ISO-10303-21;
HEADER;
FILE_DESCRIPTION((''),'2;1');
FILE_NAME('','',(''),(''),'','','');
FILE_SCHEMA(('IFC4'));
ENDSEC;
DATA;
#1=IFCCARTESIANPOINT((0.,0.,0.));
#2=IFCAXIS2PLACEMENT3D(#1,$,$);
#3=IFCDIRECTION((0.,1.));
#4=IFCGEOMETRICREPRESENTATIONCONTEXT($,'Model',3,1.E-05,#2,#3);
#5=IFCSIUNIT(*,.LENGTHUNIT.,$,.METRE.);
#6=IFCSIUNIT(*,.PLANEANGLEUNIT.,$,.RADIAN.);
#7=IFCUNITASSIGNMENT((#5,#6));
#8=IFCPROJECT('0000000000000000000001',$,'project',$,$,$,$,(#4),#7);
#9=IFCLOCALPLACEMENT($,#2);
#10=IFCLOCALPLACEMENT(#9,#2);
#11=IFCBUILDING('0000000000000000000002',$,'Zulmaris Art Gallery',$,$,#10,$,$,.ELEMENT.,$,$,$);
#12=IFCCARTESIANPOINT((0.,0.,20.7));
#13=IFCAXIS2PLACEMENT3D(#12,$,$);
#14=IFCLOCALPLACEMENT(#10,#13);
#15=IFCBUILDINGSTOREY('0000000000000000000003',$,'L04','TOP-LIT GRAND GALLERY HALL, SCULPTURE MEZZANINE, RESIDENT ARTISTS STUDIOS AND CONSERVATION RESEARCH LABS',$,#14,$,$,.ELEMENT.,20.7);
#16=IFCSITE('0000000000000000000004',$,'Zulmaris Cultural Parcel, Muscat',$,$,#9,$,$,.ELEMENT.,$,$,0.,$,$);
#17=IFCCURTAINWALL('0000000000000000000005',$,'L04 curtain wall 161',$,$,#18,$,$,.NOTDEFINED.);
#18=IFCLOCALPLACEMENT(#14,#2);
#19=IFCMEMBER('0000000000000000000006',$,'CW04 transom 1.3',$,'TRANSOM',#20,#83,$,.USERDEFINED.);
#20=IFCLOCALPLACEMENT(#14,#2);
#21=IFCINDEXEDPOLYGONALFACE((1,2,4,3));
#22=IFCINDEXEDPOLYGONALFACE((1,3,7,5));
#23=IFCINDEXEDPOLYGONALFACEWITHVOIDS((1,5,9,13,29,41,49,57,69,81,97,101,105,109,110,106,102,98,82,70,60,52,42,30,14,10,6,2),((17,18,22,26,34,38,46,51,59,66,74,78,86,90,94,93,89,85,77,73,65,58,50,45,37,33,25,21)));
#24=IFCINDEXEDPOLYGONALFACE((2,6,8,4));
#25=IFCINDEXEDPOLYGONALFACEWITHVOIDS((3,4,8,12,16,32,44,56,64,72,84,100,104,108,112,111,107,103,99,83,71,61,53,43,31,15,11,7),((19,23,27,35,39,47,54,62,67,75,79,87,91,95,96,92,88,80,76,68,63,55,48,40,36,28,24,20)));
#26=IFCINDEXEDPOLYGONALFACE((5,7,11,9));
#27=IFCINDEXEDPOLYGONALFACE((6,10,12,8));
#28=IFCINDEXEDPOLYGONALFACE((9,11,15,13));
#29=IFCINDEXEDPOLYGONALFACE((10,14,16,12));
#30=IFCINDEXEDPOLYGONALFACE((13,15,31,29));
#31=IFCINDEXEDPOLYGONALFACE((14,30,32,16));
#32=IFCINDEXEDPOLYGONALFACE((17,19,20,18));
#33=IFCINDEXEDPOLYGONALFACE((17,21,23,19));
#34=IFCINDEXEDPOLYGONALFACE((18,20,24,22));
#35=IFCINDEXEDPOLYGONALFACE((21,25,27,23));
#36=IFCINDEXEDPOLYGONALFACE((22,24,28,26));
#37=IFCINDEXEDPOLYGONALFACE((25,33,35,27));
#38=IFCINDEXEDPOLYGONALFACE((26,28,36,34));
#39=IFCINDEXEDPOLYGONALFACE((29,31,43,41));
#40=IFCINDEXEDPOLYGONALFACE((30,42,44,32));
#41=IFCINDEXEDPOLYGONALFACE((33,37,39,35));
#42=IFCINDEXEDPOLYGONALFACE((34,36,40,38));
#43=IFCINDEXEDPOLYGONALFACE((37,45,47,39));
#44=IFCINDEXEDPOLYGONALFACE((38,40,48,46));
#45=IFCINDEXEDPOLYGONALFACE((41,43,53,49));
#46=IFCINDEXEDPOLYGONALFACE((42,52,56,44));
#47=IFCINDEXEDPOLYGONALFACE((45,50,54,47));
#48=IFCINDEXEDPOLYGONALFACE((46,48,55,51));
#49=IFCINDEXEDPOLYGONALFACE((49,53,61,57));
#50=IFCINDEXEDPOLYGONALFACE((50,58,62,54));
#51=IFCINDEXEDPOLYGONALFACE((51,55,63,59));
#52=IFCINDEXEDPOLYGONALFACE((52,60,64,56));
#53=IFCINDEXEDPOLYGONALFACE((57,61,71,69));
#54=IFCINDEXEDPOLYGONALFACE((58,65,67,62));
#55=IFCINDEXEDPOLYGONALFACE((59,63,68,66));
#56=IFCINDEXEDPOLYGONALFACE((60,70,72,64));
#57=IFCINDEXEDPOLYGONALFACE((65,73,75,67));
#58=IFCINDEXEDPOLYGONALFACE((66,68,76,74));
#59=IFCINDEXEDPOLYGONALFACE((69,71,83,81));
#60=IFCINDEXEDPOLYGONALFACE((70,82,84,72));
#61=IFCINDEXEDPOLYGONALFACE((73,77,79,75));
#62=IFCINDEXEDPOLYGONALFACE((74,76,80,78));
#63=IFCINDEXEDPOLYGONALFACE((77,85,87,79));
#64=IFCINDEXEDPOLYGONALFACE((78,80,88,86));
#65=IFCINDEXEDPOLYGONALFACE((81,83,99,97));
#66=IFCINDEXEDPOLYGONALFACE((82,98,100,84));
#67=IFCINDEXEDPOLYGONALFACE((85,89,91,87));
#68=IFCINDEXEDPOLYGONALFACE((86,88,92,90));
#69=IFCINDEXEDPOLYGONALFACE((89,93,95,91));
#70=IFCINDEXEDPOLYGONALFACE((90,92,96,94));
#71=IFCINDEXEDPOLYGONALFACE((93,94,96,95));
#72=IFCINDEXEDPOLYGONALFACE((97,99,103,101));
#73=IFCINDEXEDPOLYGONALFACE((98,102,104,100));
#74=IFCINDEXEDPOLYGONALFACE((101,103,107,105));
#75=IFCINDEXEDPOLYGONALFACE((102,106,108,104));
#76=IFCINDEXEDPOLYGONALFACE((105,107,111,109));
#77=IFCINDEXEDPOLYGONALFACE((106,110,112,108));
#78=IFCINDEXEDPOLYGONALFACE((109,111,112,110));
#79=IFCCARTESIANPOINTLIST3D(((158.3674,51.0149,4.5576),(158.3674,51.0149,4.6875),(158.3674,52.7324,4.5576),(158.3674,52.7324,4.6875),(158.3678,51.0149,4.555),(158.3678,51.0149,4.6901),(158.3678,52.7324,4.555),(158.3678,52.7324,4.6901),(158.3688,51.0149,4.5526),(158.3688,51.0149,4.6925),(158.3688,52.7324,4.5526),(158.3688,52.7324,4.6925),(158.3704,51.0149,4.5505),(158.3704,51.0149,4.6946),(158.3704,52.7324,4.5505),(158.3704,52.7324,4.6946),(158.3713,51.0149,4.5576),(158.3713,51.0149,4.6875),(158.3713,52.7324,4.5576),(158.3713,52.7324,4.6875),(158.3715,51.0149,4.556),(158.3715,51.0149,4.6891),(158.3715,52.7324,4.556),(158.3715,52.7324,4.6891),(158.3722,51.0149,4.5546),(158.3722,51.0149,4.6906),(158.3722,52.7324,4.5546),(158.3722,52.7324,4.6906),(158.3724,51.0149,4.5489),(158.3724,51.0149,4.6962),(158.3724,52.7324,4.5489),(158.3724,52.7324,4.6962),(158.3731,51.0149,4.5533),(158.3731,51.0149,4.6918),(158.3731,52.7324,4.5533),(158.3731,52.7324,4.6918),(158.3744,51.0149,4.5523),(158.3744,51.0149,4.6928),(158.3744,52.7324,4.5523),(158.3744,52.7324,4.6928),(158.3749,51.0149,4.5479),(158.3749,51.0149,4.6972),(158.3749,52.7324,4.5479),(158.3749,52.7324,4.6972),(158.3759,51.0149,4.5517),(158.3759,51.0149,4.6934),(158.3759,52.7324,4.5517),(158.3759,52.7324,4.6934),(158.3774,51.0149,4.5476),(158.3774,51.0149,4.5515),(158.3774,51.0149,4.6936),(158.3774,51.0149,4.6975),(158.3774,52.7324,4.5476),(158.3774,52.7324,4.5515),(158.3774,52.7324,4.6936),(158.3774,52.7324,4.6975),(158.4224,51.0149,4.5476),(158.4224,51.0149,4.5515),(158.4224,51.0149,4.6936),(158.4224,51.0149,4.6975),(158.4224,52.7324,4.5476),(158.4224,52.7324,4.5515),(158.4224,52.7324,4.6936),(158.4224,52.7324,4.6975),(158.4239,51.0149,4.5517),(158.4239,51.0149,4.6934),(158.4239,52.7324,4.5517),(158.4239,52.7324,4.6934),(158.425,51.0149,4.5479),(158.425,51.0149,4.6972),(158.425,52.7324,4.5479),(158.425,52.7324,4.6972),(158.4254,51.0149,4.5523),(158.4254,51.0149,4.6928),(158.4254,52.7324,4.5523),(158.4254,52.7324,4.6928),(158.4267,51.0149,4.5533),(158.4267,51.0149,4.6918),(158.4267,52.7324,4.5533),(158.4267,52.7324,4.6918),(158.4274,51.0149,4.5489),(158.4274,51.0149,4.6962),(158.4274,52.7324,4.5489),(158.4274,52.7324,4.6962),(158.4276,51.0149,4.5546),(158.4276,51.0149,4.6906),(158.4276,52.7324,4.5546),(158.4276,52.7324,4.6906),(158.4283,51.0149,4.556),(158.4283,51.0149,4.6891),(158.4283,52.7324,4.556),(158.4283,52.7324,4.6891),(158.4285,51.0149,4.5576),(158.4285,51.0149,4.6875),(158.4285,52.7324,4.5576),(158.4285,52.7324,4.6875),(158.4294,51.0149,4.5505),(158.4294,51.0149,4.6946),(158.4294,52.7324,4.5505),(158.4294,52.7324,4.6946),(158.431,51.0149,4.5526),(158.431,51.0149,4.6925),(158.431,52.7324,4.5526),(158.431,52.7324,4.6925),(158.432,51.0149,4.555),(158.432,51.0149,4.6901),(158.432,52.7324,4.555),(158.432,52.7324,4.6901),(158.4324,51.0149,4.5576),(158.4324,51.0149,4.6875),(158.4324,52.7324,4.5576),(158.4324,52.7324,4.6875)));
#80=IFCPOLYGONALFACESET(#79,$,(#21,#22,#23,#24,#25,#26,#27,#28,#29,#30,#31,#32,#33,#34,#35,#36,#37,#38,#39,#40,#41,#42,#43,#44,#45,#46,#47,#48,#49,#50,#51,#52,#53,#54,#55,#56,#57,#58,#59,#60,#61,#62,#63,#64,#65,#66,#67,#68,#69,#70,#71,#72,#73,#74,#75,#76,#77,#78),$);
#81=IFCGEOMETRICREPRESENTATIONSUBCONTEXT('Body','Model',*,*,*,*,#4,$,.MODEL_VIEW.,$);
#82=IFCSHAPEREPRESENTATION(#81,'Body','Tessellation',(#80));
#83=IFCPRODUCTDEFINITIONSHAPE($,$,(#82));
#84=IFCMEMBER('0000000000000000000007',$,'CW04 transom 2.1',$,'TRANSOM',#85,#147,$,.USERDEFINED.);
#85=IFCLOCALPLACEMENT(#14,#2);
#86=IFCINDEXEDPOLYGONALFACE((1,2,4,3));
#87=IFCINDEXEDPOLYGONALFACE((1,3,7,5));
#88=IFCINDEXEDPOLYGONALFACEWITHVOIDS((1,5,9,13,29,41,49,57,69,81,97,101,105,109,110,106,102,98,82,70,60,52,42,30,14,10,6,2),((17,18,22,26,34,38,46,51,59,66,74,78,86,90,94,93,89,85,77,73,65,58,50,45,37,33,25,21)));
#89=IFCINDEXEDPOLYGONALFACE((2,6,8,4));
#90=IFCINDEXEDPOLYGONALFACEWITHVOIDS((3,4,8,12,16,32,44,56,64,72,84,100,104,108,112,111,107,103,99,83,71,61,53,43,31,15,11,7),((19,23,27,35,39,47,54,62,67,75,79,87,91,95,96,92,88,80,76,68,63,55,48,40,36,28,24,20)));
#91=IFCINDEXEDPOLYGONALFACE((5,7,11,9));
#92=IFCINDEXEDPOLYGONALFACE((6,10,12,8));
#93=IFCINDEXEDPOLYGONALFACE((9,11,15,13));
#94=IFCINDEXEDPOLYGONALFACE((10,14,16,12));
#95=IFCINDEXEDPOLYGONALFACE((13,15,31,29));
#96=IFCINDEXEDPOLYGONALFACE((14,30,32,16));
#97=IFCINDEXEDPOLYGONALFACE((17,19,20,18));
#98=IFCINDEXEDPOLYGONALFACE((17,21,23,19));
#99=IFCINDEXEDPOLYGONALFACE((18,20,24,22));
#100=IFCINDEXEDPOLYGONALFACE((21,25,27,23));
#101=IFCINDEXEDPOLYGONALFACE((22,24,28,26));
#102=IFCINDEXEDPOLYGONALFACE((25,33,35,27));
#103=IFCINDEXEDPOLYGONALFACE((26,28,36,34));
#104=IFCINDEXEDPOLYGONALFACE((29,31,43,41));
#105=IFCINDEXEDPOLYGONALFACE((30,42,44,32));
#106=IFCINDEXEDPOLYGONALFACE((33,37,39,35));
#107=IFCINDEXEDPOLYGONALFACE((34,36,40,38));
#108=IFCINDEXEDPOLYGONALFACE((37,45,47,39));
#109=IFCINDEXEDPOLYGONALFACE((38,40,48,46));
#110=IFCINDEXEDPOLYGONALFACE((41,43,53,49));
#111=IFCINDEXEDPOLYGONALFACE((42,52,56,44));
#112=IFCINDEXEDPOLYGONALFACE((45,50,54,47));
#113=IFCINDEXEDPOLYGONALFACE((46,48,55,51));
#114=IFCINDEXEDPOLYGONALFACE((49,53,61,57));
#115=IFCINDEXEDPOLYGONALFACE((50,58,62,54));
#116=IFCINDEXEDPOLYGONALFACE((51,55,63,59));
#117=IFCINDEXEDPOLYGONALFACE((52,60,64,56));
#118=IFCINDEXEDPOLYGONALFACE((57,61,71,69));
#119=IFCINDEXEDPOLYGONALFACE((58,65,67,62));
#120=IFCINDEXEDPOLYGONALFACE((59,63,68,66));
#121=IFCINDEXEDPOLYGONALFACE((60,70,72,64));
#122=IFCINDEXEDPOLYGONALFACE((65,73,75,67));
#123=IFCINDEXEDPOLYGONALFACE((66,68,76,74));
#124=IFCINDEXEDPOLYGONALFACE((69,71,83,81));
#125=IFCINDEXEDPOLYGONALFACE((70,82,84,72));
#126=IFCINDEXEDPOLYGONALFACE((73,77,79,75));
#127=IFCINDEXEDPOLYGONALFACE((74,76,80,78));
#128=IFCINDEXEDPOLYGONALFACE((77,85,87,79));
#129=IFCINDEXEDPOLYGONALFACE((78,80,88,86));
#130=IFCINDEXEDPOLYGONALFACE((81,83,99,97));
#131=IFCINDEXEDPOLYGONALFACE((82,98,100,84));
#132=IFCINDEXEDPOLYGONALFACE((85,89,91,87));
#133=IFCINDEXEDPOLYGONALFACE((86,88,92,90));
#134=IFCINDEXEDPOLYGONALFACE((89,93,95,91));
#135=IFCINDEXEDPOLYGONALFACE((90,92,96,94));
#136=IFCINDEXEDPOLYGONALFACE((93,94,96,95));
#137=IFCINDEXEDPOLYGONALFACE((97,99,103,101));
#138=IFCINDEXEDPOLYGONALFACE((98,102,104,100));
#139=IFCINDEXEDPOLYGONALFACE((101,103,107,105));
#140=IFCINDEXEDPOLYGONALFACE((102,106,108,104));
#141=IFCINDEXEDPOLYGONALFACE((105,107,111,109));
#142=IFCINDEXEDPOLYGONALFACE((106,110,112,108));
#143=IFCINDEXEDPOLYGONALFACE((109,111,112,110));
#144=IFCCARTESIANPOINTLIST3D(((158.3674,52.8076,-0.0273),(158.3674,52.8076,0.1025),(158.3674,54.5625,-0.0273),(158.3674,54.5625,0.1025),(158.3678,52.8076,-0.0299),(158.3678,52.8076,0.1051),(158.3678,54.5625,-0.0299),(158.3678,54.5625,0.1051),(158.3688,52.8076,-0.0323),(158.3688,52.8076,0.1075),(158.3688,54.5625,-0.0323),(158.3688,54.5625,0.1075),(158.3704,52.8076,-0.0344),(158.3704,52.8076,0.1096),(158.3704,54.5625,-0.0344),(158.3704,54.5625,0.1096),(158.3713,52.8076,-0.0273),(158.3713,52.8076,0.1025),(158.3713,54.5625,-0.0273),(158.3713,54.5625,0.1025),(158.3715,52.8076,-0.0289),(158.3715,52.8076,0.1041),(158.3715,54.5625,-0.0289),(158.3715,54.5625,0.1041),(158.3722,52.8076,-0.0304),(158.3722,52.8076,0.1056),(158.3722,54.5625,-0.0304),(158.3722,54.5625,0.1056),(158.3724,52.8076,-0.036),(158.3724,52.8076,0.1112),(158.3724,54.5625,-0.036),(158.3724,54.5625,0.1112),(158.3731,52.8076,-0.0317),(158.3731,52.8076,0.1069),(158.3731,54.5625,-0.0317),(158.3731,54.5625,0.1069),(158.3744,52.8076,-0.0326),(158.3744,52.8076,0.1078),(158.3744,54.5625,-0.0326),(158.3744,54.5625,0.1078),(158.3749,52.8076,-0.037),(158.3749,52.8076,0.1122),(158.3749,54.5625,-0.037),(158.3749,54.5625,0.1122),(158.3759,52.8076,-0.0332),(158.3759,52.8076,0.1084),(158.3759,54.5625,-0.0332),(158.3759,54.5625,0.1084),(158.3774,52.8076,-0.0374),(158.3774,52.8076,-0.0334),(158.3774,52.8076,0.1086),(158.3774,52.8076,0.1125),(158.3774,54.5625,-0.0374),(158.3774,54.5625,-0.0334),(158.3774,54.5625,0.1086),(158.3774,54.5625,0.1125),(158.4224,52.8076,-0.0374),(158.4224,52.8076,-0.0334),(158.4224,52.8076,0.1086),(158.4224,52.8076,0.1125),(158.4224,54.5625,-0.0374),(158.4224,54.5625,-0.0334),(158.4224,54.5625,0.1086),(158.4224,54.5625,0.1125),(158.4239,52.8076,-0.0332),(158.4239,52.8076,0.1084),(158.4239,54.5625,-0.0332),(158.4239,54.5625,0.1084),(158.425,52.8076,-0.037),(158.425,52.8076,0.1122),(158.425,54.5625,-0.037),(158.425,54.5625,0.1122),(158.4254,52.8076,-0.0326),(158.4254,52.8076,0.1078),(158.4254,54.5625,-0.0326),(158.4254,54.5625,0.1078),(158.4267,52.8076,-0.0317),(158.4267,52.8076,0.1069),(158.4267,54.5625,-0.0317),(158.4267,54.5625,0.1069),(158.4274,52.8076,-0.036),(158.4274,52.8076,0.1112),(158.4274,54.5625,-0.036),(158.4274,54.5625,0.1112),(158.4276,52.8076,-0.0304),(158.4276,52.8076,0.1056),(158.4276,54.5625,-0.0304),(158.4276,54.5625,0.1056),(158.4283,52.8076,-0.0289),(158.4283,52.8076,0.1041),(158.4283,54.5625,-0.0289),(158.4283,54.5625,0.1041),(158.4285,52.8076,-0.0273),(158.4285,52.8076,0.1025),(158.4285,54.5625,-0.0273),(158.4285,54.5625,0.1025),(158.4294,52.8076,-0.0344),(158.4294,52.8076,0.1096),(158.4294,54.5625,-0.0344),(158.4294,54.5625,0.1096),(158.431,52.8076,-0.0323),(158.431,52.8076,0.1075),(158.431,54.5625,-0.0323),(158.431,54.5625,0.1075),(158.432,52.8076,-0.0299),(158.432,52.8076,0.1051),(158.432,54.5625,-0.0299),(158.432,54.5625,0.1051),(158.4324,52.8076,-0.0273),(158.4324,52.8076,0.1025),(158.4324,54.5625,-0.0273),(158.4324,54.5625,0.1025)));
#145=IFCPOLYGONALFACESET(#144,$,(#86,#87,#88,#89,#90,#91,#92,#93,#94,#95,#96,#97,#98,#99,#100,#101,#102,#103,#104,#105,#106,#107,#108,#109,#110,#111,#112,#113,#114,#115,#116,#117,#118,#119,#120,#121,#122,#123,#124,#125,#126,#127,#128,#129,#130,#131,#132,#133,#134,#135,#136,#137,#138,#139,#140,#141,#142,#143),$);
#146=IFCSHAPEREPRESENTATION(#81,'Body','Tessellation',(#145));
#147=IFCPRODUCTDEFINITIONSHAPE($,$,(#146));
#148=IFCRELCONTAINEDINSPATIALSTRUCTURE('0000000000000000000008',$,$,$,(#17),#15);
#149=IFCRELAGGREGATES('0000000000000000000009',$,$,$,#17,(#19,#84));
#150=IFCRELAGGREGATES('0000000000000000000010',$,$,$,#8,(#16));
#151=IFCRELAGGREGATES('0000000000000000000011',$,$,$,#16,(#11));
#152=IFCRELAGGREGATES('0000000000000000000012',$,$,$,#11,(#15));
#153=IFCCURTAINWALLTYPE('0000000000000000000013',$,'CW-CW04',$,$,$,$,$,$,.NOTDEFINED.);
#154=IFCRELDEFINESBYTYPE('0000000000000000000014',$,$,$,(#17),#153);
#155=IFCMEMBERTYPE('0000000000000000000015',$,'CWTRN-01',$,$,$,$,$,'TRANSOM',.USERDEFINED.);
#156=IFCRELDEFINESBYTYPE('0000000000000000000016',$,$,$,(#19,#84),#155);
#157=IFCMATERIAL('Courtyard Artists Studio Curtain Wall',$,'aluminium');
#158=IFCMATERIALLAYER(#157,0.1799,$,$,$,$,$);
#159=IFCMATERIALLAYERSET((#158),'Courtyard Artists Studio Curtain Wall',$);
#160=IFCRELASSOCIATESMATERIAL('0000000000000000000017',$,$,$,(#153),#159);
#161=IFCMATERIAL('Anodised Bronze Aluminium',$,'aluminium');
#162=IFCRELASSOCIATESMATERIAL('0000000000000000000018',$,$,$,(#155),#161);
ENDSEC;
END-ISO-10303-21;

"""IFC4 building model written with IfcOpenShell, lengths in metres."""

from ifc_helpers import new_model, si_unit, direction, frame, origin, origin_2d, place, context, subcontext, project, spatial, hollow_rectangle, extrude, material, layer, layer_set, material_profile, profile_set, type_object, element, aggregate, save


model = new_model("IFC4")

# Units and contexts
model_context = context("Model", 3, precision=1e-05, world=origin(), true_north=direction((0.0, 1.0)))
body_context = subcontext(model_context, "Body", "Model", "MODEL_VIEW")
ifc_project = project(units=[si_unit("LENGTHUNIT", "METRE"), si_unit("PLANEANGLEUNIT", "RADIAN")], contexts=[model_context])

# Site, building, storey
site_placement = place(None, origin())
site = spatial("IfcSite", under=ifc_project, at=site_placement, Name="Zulmaris Cultural Parcel, Muscat", CompositionType="ELEMENT", RefElevation=0.0)
building_placement = place(site_placement, origin())
building = spatial("IfcBuilding", under=site, at=building_placement, Name="Zulmaris Art Gallery", CompositionType="ELEMENT")
storey_placement = place(building_placement, frame((0.0, 0.0, 20.7)))
storey = spatial("IfcBuildingStorey", under=building, at=storey_placement, Name="L04", Description="TOP-LIT GRAND GALLERY HALL, SCULPTURE MEZZANINE, RESIDENT ARTISTS STUDIOS AND CONSERVATION RESEARCH LABS", CompositionType="ELEMENT", Elevation=20.7)

# Curtain wall, members
ifc_material_1 = material(Name="Courtyard Artists Studio Curtain Wall", Category="aluminium")
ifc_layer_1 = layer(ifc_material_1, 0.1799)
ifc_layer_set_1 = layer_set([ifc_layer_1], Name="Courtyard Artists Studio Curtain Wall")
curtain_wall_type = type_object("IfcCurtainWallType", Name="CW-CW04", PredefinedType="NOTDEFINED", material=ifc_layer_set_1)
curtain_wall_placement = place(storey_placement, origin())
curtain_wall = element("IfcCurtainWall", 1, at=curtain_wall_placement, inside=storey, type_object=curtain_wall_type, Name="L04 curtain wall 161", PredefinedType="NOTDEFINED")
ifc_material_2 = material(Name="Anodised Bronze Aluminium", Category="aluminium")
ifc_material_profile_1 = material_profile(ifc_material_2, hollow_rectangle(XDim=0.0649, YDim=0.1499, WallThickness=0.0039, InnerFilletRadius=0.0061, OuterFilletRadius=0.01, at=origin_2d()), Name="ALU 65x150x4")
ifc_profile_set_1 = profile_set([ifc_material_profile_1], Name="Anodised Bronze Aluminium")
member_type_1 = type_object("IfcMemberType", Name="CWTRN-01", ElementType="TRANSOM", PredefinedType="USERDEFINED", material=ifc_profile_set_1)
member_1_placement = place(storey_placement, frame((158.3999, 51.0149, 4.6226), z_axis=(0.0, 1.0, 0.0), x_axis=(-1.0, 0.0, 0.0)))
member_1 = element("IfcMember", 2, at=member_1_placement, type_object=member_type_1, Name="CW04 transom 1.3", ObjectType="TRANSOM", PredefinedType="USERDEFINED", context=body_context, shape_type="SweptSolid", body=[
    extrude(hollow_rectangle(XDim=0.0649, YDim=0.1499, WallThickness=0.0039, InnerFilletRadius=0.0061, OuterFilletRadius=0.01, at=origin_2d()), origin(), (0.0, 0.0, 1.0), 1.7175),
])
member_2_placement = place(storey_placement, frame((158.3999, 52.8076, 0.0376), z_axis=(0.0, 1.0, 0.0), x_axis=(-1.0, 0.0, 0.0)))
member_2 = element("IfcMember", 3, at=member_2_placement, type_object=member_type_1, Name="CW04 transom 2.1", ObjectType="TRANSOM", PredefinedType="USERDEFINED", context=body_context, shape_type="SweptSolid", body=[
    extrude(hollow_rectangle(XDim=0.0649, YDim=0.1499, WallThickness=0.0039, InnerFilletRadius=0.0061, OuterFilletRadius=0.01, at=origin_2d()), origin(), (0.0, 0.0, 1.0), 1.7549),
])
aggregate(curtain_wall, [member_1, member_2])

save(model, "model.ifc")
